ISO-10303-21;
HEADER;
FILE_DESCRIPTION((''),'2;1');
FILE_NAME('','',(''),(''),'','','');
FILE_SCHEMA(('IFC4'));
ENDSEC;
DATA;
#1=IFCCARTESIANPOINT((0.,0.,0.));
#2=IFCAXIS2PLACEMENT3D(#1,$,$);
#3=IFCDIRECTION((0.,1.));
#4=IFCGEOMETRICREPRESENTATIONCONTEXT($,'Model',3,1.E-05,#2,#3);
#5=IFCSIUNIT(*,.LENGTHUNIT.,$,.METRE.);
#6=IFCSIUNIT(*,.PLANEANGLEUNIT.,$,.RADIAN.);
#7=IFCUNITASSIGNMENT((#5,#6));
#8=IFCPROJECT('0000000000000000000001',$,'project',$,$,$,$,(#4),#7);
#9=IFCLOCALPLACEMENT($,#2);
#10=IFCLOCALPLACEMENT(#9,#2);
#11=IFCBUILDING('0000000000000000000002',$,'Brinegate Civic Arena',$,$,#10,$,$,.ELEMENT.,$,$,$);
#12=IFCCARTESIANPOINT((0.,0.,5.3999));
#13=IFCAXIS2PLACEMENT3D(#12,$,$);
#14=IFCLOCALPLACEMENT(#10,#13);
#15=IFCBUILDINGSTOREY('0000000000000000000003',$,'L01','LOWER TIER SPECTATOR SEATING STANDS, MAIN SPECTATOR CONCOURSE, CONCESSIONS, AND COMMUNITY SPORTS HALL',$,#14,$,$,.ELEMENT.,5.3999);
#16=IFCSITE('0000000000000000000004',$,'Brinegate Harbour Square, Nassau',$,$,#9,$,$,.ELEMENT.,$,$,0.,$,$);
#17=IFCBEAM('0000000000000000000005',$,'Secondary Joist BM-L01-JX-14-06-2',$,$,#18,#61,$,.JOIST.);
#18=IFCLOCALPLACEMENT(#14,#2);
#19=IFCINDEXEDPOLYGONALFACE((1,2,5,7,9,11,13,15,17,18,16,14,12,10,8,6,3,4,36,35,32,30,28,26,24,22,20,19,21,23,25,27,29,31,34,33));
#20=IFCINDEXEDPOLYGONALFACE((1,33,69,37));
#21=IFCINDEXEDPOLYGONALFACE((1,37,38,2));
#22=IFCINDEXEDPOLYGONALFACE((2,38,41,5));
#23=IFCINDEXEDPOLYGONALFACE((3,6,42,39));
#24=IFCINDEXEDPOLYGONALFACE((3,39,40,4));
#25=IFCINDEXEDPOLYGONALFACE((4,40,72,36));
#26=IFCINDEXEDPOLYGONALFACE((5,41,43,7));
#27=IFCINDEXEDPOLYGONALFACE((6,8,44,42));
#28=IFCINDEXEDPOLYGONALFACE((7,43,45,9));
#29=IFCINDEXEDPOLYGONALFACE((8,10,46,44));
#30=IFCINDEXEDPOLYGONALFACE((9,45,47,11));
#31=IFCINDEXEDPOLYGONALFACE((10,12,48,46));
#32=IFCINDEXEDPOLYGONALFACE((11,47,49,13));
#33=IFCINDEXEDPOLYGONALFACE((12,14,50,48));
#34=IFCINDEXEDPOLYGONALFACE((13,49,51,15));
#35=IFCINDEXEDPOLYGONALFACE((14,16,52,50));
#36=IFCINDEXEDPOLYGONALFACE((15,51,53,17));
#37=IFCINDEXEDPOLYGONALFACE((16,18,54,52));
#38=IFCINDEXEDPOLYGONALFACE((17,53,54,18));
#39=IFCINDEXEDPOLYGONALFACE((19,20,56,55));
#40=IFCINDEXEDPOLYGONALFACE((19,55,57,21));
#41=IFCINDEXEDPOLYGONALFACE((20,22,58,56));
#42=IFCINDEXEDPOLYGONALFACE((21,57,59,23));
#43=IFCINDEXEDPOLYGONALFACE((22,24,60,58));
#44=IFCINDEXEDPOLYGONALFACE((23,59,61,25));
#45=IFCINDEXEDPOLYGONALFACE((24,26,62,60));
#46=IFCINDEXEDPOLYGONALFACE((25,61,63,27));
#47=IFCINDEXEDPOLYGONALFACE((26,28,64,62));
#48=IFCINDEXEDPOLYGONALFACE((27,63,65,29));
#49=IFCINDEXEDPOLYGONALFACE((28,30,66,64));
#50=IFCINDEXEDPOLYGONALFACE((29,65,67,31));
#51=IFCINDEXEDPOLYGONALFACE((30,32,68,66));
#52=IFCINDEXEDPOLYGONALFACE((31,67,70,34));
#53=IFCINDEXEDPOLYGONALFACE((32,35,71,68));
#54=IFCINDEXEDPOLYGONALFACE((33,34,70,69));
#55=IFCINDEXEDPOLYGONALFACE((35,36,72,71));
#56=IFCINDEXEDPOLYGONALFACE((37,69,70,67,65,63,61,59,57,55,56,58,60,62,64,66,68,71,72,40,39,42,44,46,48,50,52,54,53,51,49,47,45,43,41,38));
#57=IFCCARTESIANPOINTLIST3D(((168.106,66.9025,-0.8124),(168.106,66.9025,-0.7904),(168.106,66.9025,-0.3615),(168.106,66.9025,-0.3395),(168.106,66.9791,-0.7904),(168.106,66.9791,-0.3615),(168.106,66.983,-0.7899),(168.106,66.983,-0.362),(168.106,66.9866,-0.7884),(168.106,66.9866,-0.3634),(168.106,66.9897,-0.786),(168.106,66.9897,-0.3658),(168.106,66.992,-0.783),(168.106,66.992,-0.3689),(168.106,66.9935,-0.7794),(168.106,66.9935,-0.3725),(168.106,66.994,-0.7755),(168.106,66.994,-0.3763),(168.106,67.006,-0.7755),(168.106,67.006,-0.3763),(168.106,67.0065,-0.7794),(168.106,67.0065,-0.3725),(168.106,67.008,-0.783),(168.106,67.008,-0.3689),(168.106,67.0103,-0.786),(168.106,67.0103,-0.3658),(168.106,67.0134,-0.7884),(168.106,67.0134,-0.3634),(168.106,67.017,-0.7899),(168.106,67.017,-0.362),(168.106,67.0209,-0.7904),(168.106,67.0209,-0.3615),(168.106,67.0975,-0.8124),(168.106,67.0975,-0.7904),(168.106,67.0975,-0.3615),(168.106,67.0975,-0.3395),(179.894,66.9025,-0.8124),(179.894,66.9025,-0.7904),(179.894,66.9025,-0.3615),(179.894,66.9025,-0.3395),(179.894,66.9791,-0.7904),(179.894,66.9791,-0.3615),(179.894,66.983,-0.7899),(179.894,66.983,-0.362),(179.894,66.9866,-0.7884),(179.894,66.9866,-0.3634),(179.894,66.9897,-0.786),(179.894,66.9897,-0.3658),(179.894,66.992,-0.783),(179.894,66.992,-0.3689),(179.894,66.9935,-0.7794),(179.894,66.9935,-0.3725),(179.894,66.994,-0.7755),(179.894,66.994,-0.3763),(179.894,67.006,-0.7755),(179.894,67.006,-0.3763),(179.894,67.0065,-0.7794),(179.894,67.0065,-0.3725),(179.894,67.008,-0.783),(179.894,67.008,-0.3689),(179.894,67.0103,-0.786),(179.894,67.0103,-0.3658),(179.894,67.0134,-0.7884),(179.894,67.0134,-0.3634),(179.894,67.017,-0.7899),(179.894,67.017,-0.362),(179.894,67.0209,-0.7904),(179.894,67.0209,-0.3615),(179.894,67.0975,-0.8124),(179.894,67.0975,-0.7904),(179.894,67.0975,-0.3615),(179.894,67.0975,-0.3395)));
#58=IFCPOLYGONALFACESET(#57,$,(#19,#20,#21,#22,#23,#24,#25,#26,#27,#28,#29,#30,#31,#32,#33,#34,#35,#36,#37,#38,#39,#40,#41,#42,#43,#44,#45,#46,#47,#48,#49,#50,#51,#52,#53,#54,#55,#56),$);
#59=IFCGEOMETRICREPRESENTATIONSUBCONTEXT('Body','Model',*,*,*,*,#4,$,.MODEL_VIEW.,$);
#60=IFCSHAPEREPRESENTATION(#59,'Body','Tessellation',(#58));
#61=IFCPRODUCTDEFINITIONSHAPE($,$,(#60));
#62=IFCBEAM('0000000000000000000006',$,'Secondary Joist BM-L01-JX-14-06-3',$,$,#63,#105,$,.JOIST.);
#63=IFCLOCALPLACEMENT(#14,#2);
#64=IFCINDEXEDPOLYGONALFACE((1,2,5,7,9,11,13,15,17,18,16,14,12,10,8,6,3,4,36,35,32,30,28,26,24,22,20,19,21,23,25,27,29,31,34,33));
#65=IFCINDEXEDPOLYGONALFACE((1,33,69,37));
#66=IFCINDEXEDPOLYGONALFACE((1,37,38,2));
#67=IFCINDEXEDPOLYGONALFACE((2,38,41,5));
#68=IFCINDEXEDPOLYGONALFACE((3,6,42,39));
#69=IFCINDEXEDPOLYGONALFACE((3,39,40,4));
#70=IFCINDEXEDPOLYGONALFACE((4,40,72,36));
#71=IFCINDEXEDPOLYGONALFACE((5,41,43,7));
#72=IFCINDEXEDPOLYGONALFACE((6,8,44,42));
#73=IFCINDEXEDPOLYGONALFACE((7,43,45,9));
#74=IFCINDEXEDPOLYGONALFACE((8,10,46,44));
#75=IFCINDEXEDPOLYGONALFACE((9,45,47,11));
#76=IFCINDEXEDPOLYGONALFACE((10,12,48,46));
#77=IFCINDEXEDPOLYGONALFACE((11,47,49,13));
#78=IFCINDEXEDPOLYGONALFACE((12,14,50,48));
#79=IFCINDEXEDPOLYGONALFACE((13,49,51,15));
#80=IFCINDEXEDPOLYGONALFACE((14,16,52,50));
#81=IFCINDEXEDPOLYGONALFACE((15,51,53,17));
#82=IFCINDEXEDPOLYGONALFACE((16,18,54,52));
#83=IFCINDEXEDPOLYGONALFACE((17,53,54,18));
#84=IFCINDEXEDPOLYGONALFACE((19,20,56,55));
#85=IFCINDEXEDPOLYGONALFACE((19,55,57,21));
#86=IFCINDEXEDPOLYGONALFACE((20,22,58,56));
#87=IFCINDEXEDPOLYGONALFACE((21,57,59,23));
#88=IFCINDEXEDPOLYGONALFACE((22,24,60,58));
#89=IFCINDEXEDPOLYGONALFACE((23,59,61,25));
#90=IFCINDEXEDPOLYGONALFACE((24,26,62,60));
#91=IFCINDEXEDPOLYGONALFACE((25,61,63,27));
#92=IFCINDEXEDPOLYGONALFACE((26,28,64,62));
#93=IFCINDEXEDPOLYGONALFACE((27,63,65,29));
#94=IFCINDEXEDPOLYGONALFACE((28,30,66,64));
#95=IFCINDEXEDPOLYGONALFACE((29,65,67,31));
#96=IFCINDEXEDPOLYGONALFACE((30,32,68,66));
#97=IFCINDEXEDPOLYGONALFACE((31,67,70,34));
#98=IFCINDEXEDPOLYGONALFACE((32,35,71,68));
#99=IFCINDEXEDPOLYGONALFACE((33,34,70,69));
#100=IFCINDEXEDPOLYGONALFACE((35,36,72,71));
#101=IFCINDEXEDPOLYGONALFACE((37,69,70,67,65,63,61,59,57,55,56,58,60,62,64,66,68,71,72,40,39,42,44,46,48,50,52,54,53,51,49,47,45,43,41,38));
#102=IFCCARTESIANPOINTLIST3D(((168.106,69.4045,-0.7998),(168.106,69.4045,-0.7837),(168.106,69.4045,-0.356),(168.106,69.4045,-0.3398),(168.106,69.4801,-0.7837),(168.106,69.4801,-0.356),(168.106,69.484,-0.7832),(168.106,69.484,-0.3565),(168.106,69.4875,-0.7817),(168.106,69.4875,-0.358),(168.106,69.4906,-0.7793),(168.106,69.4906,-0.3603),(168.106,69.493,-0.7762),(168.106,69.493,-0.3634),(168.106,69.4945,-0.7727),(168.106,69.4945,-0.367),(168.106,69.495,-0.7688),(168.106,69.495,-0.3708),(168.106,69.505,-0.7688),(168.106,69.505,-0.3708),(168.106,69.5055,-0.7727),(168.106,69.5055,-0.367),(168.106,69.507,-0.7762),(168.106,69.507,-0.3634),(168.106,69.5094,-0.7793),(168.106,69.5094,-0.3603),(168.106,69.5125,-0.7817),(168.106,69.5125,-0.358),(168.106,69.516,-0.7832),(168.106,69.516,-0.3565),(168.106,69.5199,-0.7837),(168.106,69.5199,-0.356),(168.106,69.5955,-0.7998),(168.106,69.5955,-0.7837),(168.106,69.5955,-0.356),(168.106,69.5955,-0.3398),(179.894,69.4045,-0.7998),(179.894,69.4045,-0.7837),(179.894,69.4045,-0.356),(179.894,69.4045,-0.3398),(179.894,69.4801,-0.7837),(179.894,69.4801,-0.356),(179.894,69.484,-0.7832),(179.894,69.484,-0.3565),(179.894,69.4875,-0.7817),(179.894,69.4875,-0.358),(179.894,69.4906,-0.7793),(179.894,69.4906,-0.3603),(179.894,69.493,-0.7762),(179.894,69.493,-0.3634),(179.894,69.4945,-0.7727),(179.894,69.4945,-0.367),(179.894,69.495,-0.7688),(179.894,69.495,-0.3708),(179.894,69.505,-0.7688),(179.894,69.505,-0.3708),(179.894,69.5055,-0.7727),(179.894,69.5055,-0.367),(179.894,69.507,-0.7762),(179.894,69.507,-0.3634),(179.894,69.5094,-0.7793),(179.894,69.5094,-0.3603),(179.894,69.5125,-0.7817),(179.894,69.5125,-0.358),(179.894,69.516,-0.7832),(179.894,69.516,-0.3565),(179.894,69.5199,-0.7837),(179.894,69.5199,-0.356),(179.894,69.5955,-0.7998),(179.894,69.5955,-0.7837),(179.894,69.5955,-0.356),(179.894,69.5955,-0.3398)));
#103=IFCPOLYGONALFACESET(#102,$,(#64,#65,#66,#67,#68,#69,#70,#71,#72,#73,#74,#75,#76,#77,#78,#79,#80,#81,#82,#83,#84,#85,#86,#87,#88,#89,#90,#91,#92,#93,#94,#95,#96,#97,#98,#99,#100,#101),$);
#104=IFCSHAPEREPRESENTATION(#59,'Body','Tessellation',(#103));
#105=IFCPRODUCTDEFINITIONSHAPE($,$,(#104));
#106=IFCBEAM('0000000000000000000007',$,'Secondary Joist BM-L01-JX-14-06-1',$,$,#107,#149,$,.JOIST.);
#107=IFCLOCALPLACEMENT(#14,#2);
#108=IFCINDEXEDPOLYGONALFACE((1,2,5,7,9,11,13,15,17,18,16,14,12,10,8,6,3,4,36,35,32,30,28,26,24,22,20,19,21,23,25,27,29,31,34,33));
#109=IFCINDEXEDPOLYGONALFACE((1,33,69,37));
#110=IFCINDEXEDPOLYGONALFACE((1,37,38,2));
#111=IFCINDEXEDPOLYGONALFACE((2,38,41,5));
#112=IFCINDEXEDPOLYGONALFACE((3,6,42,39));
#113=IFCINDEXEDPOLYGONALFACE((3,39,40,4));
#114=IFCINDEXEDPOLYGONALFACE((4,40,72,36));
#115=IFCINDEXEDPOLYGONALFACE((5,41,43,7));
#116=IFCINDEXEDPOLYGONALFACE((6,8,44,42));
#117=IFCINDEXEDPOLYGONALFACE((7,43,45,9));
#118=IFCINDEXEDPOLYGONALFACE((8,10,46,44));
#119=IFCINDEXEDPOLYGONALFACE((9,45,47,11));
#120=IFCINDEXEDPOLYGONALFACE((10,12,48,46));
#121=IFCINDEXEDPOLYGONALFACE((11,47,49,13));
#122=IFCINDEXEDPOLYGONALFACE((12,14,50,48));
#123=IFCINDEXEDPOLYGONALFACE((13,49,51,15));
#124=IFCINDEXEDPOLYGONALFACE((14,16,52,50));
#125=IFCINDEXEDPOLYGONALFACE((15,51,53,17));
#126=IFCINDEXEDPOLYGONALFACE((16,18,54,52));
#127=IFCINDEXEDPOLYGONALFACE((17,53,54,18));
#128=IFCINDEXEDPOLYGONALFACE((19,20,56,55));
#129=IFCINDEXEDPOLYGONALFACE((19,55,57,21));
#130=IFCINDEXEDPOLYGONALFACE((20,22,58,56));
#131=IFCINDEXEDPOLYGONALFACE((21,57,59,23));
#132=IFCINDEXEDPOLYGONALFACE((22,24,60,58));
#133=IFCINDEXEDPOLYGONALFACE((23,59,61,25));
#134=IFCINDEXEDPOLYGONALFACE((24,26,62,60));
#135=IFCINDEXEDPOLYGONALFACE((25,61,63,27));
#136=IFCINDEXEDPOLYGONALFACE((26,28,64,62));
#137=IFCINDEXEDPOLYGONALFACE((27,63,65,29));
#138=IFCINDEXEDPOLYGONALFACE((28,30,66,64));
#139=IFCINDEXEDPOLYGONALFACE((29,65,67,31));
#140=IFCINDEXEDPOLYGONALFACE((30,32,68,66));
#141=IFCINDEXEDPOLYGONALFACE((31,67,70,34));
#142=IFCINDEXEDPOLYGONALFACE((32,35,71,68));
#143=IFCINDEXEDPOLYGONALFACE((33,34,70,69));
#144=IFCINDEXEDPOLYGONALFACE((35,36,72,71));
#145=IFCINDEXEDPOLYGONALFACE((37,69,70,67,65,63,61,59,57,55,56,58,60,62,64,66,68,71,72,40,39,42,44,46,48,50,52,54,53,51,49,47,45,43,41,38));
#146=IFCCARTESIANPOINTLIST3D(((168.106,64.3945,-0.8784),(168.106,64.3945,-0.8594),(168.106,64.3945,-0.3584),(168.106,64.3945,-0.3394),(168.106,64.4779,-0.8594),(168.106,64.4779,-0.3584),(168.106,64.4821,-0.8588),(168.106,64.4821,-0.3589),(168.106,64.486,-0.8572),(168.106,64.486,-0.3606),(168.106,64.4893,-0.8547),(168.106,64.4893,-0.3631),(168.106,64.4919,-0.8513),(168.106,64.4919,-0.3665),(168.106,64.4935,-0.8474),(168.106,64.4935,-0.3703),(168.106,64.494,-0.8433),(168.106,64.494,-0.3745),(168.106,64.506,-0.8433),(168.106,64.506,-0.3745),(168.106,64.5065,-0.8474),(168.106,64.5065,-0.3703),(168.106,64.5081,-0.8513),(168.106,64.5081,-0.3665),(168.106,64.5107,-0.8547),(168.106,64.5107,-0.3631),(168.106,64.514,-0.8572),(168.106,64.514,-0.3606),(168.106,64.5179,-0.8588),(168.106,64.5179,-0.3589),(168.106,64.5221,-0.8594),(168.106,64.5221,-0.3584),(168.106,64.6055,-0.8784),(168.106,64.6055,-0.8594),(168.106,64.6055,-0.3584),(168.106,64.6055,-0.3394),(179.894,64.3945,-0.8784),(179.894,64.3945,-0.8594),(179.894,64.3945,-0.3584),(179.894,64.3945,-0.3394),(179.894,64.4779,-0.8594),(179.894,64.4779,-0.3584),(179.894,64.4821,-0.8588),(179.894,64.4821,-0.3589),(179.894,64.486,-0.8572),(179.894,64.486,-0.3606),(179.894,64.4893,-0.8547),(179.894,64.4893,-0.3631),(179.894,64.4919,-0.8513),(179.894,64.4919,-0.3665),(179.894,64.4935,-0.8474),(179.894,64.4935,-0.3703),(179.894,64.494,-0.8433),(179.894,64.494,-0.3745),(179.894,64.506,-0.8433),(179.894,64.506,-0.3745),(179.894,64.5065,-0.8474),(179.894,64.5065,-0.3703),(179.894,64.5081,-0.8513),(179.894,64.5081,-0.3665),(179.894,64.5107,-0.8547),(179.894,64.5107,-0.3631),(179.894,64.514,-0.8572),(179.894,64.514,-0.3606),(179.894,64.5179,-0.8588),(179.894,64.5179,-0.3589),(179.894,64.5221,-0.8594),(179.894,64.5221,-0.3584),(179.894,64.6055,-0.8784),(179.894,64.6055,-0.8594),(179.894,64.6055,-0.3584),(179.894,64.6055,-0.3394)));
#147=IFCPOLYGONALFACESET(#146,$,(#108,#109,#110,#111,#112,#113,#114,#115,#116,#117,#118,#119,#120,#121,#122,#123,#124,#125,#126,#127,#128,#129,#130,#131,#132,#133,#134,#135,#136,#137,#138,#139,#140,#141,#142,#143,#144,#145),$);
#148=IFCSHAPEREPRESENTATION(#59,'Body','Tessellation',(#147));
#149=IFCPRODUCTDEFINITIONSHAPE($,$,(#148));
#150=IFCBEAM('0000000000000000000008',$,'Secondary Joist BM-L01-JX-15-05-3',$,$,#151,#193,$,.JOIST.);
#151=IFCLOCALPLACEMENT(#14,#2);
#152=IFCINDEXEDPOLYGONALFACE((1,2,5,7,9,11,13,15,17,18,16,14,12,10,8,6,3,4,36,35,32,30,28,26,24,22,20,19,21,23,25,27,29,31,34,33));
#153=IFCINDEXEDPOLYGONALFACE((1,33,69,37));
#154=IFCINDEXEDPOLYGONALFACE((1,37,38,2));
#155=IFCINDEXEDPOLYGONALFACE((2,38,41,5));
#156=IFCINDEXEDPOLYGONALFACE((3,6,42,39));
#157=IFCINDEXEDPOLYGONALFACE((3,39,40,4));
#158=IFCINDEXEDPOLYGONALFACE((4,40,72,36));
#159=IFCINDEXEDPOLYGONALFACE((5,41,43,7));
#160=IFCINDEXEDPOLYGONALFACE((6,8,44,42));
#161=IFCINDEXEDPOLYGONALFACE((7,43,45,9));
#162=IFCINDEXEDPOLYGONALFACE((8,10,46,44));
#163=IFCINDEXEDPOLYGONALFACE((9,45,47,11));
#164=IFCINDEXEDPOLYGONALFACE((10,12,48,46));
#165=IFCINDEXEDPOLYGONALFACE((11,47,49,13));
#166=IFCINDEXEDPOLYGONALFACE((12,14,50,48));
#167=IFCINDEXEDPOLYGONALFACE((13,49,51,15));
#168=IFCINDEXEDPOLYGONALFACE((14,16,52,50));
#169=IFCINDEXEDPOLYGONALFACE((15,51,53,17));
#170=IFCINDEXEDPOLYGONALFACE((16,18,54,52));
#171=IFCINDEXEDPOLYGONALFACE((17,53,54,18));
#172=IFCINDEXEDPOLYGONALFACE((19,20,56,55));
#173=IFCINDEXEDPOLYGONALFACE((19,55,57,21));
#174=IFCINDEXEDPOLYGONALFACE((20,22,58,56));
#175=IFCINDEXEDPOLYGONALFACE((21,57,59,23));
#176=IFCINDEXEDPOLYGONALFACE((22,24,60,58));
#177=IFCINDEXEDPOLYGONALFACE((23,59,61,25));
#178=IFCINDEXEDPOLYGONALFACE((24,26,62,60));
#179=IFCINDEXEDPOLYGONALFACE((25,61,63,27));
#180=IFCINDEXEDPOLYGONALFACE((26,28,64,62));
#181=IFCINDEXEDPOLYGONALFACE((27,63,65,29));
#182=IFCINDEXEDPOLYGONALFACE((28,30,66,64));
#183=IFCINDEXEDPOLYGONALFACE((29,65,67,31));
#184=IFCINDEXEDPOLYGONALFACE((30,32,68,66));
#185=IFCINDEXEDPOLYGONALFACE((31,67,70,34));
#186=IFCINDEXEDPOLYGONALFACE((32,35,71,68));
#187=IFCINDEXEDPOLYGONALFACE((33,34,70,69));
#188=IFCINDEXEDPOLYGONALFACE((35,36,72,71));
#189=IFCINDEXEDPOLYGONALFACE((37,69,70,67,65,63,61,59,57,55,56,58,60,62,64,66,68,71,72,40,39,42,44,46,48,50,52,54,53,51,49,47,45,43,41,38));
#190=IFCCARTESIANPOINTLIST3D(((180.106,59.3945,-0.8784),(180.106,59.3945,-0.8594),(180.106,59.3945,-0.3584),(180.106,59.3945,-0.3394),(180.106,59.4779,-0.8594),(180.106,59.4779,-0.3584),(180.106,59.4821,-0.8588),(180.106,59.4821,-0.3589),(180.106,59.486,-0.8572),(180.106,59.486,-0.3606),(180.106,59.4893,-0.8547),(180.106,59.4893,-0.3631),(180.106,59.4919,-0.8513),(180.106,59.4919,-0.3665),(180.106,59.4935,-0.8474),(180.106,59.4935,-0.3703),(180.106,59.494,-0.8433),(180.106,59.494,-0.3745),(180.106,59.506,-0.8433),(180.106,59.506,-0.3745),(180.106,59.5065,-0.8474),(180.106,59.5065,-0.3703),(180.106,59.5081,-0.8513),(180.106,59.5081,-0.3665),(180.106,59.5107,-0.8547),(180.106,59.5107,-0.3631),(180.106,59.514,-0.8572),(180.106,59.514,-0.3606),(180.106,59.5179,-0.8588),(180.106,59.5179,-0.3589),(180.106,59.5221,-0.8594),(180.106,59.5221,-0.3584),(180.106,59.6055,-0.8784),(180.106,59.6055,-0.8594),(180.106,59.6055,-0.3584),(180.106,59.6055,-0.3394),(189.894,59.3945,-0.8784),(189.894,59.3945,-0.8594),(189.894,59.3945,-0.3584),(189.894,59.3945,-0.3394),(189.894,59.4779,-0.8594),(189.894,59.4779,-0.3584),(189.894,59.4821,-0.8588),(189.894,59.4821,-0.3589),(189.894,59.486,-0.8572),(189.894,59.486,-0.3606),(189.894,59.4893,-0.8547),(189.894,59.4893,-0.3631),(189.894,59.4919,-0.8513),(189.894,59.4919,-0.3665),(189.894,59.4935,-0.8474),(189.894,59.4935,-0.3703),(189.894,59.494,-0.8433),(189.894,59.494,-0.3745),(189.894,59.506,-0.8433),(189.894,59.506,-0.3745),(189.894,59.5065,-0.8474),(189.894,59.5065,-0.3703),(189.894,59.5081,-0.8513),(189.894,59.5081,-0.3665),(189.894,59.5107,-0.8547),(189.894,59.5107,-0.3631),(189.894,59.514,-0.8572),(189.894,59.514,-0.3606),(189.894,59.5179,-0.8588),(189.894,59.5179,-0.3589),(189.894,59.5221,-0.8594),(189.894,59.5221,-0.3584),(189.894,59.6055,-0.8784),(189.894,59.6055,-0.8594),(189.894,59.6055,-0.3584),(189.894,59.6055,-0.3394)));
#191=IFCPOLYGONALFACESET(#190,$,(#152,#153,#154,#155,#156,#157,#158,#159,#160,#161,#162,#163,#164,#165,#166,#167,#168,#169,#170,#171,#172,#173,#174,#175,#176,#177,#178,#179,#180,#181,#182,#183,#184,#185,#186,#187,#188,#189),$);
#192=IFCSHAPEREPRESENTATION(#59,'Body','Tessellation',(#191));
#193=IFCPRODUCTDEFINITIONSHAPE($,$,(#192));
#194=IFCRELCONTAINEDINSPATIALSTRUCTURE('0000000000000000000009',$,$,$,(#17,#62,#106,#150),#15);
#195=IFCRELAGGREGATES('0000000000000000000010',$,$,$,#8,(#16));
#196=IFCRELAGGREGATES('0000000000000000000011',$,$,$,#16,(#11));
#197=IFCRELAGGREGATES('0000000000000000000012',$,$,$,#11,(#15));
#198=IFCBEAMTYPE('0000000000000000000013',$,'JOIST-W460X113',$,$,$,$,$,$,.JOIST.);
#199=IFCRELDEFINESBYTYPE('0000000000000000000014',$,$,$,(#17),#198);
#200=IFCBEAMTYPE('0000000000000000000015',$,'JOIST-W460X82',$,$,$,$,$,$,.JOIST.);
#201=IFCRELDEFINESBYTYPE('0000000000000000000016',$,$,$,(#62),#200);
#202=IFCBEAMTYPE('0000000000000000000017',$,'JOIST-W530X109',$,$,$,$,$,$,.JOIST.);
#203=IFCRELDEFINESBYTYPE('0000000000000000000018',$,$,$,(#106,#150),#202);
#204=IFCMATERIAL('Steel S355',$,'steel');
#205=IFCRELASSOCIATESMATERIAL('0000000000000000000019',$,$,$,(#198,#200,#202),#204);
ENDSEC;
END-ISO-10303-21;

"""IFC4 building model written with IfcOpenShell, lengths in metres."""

from ifc_helpers import new_model, si_unit, direction, frame, origin, origin_2d, place, context, subcontext, project, spatial, i_section, extrude, material, material_profile, profile_set, type_object, element, save


model = new_model("IFC4")

# Units and contexts
model_context = context("Model", 3, precision=1e-05, world=origin(), true_north=direction((0.0, 1.0)))
body_context = subcontext(model_context, "Body", "Model", "MODEL_VIEW")
ifc_project = project(units=[si_unit("LENGTHUNIT", "METRE"), si_unit("PLANEANGLEUNIT", "RADIAN")], contexts=[model_context])

# Site, building, storey
site_placement = place(None, origin())
site = spatial("IfcSite", under=ifc_project, at=site_placement, Name="Brinegate Harbour Square, Nassau", CompositionType="ELEMENT", RefElevation=0.0)
building_placement = place(site_placement, origin())
building = spatial("IfcBuilding", under=site, at=building_placement, Name="Brinegate Civic Arena", CompositionType="ELEMENT")
storey_placement = place(building_placement, frame((0.0, 0.0, 5.3999)))
storey = spatial("IfcBuildingStorey", under=building, at=storey_placement, Name="L01", Description="LOWER TIER SPECTATOR SEATING STANDS, MAIN SPECTATOR CONCOURSE, CONCESSIONS, AND COMMUNITY SPORTS HALL", CompositionType="ELEMENT", Elevation=5.3999)

# Beams
ifc_material_1 = material(Name="Steel S355", Category="steel")
ifc_material_profile_1 = material_profile(ifc_material_1, i_section(OverallWidth=0.1951, OverallDepth=0.4729, WebThickness=0.012, FlangeThickness=0.022, FilletRadius=0.0149, at=origin_2d()), Name="W460X113")
ifc_profile_set_1 = profile_set([ifc_material_profile_1], Name="Steel S355")
beam_type_1 = type_object("IfcBeamType", Name="JOIST-W460X113", PredefinedType="JOIST", material=ifc_profile_set_1)
beam_1_placement = place(storey_placement, frame((168.106, 67.0, -0.5759), z_axis=(1.0, 0.0, 0.0), x_axis=(0.0, 1.0, 0.0)))
element("IfcBeam", 1, at=beam_1_placement, inside=storey, type_object=beam_type_1, Name="Secondary Joist BM-L01-JX-14-06-2", PredefinedType="JOIST", context=body_context, shape_type="SweptSolid", body=[
    extrude(i_section(OverallWidth=0.1951, OverallDepth=0.4729, WebThickness=0.012, FlangeThickness=0.022, FilletRadius=0.0149, at=origin_2d()), origin(), (0.0, 0.0, 1.0), 11.7881),
])
ifc_material_profile_2 = material_profile(ifc_material_1, i_section(OverallWidth=0.1909, OverallDepth=0.46, WebThickness=0.01, FlangeThickness=0.0161, FilletRadius=0.0149, at=origin_2d()), Name="W460X82")
ifc_profile_set_2 = profile_set([ifc_material_profile_2], Name="Steel S355")
beam_type_2 = type_object("IfcBeamType", Name="JOIST-W460X82", PredefinedType="JOIST", material=ifc_profile_set_2)
beam_2_placement = place(storey_placement, frame((168.106, 69.5, -0.5698), z_axis=(1.0, 0.0, 0.0), x_axis=(0.0, 1.0, 0.0)))
element("IfcBeam", 2, at=beam_2_placement, inside=storey, type_object=beam_type_2, Name="Secondary Joist BM-L01-JX-14-06-3", PredefinedType="JOIST", context=body_context, shape_type="SweptSolid", body=[
    extrude(i_section(OverallWidth=0.1909, OverallDepth=0.46, WebThickness=0.01, FlangeThickness=0.0161, FilletRadius=0.0149, at=origin_2d()), origin(), (0.0, 0.0, 1.0), 11.7881),
])
ifc_material_profile_3 = material_profile(ifc_material_1, i_section(OverallWidth=0.2109, OverallDepth=0.5391, WebThickness=0.012, FlangeThickness=0.019, FilletRadius=0.0161, at=origin_2d()), Name="W530X109")
ifc_profile_set_3 = profile_set([ifc_material_profile_3], Name="Steel S355")
beam_type_3 = type_object("IfcBeamType", Name="JOIST-W530X109", PredefinedType="JOIST", material=ifc_profile_set_3)
beam_3_placement = place(storey_placement, frame((168.106, 64.5, -0.6089), z_axis=(1.0, 0.0, 0.0), x_axis=(0.0, 1.0, 0.0)))
element("IfcBeam", 3, at=beam_3_placement, inside=storey, type_object=beam_type_3, Name="Secondary Joist BM-L01-JX-14-06-1", PredefinedType="JOIST", context=body_context, shape_type="SweptSolid", body=[
    extrude(i_section(OverallWidth=0.2109, OverallDepth=0.5391, WebThickness=0.012, FlangeThickness=0.019, FilletRadius=0.0161, at=origin_2d()), origin(), (0.0, 0.0, 1.0), 11.7881),
])
beam_4_placement = place(storey_placement, frame((180.106, 59.5, -0.6089), z_axis=(1.0, 0.0, 0.0), x_axis=(0.0, 1.0, 0.0)))
element("IfcBeam", 4, at=beam_4_placement, inside=storey, type_object=beam_type_3, Name="Secondary Joist BM-L01-JX-15-05-3", PredefinedType="JOIST", context=body_context, shape_type="SweptSolid", body=[
    extrude(i_section(OverallWidth=0.2109, OverallDepth=0.5391, WebThickness=0.012, FlangeThickness=0.019, FilletRadius=0.0161, at=origin_2d()), origin(), (0.0, 0.0, 1.0), 9.7881),
])

save(model, "model.ifc")
